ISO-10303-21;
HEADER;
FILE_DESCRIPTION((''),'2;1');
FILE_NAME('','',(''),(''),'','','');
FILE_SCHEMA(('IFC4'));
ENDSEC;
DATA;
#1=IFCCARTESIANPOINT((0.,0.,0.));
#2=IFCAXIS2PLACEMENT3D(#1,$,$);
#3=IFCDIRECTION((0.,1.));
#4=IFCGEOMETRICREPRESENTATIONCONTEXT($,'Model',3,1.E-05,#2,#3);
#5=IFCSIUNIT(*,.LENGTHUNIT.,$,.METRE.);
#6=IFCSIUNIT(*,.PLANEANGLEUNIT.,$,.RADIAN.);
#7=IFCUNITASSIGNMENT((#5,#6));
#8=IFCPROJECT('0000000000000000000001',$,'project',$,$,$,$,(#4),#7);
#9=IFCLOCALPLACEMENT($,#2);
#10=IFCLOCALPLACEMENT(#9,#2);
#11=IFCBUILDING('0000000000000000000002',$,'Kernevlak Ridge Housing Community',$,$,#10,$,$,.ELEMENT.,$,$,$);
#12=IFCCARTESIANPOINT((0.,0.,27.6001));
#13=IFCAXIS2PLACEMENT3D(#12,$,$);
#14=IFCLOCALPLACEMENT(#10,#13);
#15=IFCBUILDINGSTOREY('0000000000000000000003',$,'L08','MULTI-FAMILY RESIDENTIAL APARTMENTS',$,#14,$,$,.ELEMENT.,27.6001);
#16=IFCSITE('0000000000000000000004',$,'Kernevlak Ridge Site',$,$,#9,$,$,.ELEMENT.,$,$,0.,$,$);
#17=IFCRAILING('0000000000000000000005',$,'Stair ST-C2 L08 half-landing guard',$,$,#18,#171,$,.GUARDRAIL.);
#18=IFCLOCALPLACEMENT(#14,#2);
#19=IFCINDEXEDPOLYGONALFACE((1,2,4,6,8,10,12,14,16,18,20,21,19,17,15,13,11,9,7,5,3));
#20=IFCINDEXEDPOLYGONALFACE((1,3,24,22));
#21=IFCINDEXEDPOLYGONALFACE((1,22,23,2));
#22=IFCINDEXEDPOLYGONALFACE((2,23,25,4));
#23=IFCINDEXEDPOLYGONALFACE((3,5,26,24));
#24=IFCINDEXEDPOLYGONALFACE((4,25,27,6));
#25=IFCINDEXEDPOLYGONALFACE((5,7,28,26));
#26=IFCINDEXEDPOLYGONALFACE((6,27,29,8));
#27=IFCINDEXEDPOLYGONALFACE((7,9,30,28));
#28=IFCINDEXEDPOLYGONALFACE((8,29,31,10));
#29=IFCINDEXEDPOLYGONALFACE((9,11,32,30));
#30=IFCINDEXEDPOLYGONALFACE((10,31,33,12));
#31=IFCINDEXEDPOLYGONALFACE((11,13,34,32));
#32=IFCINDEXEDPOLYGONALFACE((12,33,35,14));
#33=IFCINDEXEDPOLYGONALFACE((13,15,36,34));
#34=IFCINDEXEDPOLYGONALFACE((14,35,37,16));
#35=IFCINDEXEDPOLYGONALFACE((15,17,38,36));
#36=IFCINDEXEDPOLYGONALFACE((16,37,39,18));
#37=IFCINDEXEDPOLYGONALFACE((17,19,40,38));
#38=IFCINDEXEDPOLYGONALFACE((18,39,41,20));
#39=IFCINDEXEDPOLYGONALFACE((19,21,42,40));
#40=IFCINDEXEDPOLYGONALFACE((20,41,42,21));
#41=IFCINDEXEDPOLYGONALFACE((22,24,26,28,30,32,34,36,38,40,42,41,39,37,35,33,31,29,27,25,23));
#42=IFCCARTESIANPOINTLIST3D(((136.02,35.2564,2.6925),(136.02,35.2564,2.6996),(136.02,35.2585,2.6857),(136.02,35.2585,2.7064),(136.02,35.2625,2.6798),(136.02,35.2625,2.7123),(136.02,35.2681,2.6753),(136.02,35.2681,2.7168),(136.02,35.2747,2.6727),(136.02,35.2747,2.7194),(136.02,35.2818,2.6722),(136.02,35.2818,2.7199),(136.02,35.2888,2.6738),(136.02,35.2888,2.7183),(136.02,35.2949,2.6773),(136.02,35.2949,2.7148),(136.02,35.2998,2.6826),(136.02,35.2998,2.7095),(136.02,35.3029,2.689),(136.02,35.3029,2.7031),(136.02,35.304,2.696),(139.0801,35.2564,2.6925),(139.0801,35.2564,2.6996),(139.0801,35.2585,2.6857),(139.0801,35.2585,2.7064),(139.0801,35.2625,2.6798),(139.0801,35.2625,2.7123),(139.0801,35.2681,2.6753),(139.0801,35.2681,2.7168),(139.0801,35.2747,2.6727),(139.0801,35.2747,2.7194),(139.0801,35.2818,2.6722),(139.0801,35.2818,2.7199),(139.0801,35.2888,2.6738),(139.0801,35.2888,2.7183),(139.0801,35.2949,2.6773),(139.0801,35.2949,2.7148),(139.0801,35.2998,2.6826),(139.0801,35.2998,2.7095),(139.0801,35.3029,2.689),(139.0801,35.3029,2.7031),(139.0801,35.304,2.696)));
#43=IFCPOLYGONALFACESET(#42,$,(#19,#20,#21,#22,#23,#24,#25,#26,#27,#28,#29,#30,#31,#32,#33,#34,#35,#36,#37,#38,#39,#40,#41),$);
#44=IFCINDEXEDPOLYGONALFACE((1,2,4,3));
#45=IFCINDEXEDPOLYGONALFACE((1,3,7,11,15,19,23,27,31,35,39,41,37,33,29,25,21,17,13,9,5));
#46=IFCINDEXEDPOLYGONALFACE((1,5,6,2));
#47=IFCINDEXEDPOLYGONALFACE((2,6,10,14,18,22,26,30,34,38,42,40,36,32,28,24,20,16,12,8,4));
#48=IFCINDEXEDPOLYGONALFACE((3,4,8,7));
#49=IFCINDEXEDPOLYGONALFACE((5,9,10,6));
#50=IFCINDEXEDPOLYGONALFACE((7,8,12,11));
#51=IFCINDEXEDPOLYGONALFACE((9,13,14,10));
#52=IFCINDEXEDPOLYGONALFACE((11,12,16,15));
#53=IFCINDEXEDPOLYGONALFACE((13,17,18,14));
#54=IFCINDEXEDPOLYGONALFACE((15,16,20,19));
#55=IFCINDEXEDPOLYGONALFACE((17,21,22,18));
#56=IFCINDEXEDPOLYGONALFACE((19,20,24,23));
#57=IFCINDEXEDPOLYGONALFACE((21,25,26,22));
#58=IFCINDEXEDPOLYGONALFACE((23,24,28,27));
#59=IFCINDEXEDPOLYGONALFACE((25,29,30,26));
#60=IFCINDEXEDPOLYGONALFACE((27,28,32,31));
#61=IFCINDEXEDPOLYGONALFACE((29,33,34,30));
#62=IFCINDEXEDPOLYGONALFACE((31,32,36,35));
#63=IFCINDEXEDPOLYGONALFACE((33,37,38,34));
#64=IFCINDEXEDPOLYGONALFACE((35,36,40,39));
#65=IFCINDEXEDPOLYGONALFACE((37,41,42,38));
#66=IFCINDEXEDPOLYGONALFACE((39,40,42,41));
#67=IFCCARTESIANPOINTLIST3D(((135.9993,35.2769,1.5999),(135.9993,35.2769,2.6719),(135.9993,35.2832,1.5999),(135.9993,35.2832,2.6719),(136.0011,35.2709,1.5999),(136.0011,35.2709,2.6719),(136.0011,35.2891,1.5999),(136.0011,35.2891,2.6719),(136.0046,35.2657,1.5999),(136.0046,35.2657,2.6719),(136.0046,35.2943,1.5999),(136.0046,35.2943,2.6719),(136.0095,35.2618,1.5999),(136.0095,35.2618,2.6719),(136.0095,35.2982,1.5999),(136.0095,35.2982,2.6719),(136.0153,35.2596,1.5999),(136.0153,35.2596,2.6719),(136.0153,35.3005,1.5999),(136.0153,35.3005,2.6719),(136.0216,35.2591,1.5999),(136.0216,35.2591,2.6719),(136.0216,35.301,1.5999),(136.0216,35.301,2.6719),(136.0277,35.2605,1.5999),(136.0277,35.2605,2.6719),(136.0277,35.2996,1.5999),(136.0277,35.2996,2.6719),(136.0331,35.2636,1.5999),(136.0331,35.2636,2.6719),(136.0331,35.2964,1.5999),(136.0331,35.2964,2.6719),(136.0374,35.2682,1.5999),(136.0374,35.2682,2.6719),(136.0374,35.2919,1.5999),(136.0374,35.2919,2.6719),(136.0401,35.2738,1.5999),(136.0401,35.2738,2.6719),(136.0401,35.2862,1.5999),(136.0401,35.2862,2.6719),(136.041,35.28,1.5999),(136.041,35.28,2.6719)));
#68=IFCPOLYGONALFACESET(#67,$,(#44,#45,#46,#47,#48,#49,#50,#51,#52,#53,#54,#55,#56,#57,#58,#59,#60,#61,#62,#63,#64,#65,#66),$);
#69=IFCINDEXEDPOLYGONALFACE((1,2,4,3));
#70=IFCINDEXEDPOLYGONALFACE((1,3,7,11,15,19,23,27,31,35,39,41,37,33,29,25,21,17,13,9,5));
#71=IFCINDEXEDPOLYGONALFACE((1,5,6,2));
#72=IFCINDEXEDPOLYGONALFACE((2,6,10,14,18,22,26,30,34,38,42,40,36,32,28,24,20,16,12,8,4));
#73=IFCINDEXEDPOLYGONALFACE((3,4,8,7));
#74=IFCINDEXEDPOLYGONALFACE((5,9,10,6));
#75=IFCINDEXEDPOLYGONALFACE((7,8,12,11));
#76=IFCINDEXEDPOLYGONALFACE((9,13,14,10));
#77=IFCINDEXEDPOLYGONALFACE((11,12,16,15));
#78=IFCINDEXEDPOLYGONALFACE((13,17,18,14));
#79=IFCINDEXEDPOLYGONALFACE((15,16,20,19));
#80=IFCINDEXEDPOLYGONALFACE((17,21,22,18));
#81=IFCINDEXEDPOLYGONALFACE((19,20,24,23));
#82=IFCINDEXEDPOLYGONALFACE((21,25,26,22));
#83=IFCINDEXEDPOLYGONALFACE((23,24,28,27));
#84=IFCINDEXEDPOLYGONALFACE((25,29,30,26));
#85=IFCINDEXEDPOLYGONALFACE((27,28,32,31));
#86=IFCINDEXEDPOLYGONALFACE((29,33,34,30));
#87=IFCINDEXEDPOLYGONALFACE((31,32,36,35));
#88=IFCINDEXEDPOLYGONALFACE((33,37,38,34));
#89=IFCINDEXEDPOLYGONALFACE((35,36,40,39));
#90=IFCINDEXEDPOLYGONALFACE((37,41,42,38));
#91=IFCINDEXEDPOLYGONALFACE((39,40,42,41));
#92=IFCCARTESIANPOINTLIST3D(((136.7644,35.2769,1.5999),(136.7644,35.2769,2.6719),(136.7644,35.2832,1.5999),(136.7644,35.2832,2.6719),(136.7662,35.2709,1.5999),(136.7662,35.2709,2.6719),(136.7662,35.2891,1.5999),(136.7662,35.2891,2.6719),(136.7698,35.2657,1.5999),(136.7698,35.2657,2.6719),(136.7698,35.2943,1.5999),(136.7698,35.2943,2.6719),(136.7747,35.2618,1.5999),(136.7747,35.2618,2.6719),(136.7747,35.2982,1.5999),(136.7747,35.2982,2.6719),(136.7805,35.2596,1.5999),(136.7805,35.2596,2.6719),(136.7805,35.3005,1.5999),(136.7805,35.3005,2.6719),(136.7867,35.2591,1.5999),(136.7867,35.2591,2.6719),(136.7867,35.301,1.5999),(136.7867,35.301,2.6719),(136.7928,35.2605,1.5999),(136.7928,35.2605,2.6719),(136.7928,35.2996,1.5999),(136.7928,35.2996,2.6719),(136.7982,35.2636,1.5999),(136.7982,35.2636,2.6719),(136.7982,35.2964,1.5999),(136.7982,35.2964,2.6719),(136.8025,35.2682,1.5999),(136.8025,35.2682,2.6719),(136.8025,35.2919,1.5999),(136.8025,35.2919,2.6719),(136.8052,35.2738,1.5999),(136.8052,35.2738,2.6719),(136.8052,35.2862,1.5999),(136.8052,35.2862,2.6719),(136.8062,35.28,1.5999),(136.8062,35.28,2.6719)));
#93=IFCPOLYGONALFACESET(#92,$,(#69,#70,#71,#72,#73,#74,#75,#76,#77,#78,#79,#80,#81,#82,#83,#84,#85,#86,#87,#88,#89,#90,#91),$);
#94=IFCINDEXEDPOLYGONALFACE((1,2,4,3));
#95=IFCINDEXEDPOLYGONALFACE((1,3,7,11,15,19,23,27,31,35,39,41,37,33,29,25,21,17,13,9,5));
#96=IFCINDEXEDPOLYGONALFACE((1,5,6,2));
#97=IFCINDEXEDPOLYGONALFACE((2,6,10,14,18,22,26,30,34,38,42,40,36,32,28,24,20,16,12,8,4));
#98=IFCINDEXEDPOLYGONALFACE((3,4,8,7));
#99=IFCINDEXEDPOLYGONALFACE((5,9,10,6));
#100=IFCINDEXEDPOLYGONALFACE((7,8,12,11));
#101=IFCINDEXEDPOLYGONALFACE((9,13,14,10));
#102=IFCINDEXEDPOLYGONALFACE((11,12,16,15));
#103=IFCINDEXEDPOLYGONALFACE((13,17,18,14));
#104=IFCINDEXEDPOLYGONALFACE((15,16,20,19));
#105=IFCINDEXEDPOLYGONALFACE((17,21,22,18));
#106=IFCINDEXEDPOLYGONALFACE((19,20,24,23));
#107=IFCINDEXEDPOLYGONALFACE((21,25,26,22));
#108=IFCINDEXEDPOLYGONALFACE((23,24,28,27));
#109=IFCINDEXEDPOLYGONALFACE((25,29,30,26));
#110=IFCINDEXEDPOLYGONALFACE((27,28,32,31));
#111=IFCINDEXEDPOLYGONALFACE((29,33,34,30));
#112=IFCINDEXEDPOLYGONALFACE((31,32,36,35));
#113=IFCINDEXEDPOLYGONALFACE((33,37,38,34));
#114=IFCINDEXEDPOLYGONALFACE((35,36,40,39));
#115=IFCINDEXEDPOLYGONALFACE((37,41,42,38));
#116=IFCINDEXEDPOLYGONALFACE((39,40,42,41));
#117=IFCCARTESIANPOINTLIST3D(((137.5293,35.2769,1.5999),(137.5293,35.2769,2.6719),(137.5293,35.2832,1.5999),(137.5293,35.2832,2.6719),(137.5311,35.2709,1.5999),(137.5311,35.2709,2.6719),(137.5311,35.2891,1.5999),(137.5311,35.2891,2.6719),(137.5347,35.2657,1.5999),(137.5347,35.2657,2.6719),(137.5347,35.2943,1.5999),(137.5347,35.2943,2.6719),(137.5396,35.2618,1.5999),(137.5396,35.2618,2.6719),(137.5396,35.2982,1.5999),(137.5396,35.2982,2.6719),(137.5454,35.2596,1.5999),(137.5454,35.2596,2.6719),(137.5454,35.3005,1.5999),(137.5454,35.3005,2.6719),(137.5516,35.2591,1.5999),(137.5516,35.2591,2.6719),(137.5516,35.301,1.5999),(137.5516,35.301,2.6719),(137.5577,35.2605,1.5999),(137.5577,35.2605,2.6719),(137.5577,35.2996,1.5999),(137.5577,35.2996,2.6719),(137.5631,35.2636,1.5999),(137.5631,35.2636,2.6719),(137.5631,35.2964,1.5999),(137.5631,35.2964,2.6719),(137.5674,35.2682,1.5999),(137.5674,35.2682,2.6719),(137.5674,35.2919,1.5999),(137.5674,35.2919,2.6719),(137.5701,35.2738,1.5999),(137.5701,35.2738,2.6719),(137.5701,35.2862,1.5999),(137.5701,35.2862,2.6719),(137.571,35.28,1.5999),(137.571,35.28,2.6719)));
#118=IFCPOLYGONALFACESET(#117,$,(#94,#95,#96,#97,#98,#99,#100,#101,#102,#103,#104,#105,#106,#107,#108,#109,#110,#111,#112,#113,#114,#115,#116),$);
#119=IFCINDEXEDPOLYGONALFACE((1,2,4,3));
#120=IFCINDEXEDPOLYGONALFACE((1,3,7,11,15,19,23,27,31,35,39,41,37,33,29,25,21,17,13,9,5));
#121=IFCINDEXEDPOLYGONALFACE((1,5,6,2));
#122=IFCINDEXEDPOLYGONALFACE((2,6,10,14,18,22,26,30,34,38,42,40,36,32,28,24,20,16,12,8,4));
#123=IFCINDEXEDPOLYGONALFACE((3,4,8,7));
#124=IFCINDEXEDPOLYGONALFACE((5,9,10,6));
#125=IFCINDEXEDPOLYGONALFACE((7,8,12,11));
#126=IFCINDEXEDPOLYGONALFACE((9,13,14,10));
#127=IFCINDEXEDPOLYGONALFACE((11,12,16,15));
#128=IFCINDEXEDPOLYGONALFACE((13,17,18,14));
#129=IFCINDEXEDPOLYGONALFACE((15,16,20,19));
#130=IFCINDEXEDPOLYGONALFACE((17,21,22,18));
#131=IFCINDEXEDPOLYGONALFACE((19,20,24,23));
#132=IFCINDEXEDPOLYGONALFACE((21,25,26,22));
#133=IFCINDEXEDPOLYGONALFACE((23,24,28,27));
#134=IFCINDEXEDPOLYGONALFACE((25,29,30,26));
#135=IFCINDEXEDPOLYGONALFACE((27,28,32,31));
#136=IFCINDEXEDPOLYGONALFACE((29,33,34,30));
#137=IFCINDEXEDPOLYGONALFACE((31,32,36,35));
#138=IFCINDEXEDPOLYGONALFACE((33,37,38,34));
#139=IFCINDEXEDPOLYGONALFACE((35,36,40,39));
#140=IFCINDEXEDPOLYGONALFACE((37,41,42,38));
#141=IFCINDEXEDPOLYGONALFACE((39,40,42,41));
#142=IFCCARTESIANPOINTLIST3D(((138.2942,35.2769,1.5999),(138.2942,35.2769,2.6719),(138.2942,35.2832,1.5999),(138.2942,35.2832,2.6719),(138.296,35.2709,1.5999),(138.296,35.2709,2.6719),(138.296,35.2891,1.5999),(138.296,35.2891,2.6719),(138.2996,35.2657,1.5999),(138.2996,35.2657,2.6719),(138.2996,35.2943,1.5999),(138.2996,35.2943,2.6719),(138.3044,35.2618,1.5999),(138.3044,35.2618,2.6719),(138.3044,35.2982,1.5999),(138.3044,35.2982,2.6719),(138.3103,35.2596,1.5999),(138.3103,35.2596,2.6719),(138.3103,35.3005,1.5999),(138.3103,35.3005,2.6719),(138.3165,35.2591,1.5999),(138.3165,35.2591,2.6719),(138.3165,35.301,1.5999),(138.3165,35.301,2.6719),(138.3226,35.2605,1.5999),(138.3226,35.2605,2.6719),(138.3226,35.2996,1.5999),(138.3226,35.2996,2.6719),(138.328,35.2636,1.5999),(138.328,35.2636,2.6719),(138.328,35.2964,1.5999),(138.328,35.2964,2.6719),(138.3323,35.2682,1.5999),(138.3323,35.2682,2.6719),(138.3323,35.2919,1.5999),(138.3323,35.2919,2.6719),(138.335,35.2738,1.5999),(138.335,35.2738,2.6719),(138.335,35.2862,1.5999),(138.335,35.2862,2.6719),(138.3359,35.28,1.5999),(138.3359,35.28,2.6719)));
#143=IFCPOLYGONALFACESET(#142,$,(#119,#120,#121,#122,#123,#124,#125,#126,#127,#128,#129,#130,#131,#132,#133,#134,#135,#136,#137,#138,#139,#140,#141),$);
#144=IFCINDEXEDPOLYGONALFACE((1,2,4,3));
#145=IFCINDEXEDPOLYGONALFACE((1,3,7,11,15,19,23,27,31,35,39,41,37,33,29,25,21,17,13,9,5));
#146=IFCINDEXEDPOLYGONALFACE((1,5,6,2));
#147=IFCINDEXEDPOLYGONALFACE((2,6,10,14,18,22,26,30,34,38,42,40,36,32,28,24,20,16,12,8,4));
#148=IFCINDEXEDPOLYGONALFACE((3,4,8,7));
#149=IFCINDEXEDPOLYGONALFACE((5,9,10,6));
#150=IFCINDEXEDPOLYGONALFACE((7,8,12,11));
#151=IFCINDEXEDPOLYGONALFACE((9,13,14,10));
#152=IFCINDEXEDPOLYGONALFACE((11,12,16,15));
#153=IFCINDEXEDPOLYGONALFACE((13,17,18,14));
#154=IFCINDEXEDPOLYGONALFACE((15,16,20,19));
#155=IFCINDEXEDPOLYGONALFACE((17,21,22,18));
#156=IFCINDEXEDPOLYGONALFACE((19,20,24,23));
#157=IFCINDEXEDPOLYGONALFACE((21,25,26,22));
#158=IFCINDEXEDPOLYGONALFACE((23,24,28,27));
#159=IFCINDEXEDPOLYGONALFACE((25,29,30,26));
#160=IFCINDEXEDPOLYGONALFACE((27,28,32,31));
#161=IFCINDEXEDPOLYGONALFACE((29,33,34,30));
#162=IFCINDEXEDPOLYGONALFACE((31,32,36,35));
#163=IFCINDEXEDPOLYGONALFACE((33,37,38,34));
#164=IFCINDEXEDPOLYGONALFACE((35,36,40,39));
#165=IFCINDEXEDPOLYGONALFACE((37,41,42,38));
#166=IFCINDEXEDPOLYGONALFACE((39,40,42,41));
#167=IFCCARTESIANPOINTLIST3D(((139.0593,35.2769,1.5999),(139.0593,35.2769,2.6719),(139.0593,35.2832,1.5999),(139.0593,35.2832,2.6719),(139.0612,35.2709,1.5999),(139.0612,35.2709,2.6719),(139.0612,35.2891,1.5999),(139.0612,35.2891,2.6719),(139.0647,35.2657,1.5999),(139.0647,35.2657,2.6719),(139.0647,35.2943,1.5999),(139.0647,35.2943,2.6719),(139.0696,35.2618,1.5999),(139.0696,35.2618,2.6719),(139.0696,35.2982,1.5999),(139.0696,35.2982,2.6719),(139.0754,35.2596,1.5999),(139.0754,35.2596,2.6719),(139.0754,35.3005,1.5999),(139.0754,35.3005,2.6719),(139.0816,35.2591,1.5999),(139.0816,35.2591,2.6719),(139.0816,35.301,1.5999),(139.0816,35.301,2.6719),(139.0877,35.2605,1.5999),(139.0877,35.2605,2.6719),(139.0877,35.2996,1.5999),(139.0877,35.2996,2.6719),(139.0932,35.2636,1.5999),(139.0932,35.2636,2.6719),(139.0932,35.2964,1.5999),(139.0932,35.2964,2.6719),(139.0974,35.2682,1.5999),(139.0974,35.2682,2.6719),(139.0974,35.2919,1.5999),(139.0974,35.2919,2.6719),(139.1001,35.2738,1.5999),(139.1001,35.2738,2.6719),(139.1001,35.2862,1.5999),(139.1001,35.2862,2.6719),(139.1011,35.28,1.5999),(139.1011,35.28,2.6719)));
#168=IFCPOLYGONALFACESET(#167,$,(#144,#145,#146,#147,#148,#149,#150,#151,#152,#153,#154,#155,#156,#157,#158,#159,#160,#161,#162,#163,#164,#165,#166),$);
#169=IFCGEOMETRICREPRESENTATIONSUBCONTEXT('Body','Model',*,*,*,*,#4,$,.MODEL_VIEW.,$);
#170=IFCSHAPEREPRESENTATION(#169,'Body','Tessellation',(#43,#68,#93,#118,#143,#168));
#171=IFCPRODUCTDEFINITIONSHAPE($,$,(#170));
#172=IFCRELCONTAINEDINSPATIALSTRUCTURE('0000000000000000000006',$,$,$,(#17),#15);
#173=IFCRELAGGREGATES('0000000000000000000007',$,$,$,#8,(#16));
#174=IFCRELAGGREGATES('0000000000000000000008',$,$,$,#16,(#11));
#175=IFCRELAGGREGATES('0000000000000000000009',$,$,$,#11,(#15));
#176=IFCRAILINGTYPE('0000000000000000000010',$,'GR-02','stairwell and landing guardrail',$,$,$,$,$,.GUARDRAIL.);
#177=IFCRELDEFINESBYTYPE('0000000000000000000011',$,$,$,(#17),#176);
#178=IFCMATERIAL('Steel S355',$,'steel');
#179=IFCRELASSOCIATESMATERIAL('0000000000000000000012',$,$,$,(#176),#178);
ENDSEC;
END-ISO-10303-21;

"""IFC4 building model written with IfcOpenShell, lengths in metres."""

from ifc_helpers import new_model, si_unit, direction, frame, origin, origin_2d, place, context, subcontext, project, spatial, circle, extrude, material, type_object, element, save


model = new_model("IFC4")

# Units and contexts
model_context = context("Model", 3, precision=1e-05, world=origin(), true_north=direction((0.0, 1.0)))
body_context = subcontext(model_context, "Body", "Model", "MODEL_VIEW")
ifc_project = project(units=[si_unit("LENGTHUNIT", "METRE"), si_unit("PLANEANGLEUNIT", "RADIAN")], contexts=[model_context])

# Site, building, storey
site_placement = place(None, origin())
site = spatial("IfcSite", under=ifc_project, at=site_placement, Name="Kernevlak Ridge Site", CompositionType="ELEMENT", RefElevation=0.0)
building_placement = place(site_placement, origin())
building = spatial("IfcBuilding", under=site, at=building_placement, Name="Kernevlak Ridge Housing Community", CompositionType="ELEMENT")
storey_placement = place(building_placement, frame((0.0, 0.0, 27.6001)))
storey = spatial("IfcBuildingStorey", under=building, at=storey_placement, Name="L08", Description="MULTI-FAMILY RESIDENTIAL APARTMENTS", CompositionType="ELEMENT", Elevation=27.6001)

# Railing
ifc_material_1 = material(Name="Steel S355", Category="steel")
railing_type_1 = type_object("IfcRailingType", Name="GR-02", Description="stairwell and landing guardrail", PredefinedType="GUARDRAIL", material=ifc_material_1)
railing_1_placement = place(storey_placement, frame((136.02, 35.28, 1.5999)))
element("IfcRailing", 1, at=railing_1_placement, inside=storey, type_object=railing_type_1, Name="Stair ST-C2 L08 half-landing guard", PredefinedType="GUARDRAIL", context=body_context, shape_type="SweptSolid", body=[
    extrude(circle(Radius=0.0239, at=origin_2d()), frame((0.0, 0.0, 1.0962), z_axis=(1.0, 0.0, 0.0), x_axis=(0.0, 1.0, 0.0)), (0.0, 0.0, 1.0), 3.0601),
    extrude(circle(Radius=0.021, at=origin_2d()), origin(), (0.0, 0.0, 1.0), 1.072),
    extrude(circle(Radius=0.021, at=origin_2d()), frame((0.7651, 0.0, 0.0)), (0.0, 0.0, 1.0), 1.072),
    extrude(circle(Radius=0.021, at=origin_2d()), frame((1.53, 0.0, 0.0)), (0.0, 0.0, 1.0), 1.072),
    extrude(circle(Radius=0.021, at=origin_2d()), frame((2.2949, 0.0, 0.0)), (0.0, 0.0, 1.0), 1.072),
    extrude(circle(Radius=0.021, at=origin_2d()), frame((3.0601, 0.0, 0.0)), (0.0, 0.0, 1.0), 1.072),
])

save(model, "model.ifc")
